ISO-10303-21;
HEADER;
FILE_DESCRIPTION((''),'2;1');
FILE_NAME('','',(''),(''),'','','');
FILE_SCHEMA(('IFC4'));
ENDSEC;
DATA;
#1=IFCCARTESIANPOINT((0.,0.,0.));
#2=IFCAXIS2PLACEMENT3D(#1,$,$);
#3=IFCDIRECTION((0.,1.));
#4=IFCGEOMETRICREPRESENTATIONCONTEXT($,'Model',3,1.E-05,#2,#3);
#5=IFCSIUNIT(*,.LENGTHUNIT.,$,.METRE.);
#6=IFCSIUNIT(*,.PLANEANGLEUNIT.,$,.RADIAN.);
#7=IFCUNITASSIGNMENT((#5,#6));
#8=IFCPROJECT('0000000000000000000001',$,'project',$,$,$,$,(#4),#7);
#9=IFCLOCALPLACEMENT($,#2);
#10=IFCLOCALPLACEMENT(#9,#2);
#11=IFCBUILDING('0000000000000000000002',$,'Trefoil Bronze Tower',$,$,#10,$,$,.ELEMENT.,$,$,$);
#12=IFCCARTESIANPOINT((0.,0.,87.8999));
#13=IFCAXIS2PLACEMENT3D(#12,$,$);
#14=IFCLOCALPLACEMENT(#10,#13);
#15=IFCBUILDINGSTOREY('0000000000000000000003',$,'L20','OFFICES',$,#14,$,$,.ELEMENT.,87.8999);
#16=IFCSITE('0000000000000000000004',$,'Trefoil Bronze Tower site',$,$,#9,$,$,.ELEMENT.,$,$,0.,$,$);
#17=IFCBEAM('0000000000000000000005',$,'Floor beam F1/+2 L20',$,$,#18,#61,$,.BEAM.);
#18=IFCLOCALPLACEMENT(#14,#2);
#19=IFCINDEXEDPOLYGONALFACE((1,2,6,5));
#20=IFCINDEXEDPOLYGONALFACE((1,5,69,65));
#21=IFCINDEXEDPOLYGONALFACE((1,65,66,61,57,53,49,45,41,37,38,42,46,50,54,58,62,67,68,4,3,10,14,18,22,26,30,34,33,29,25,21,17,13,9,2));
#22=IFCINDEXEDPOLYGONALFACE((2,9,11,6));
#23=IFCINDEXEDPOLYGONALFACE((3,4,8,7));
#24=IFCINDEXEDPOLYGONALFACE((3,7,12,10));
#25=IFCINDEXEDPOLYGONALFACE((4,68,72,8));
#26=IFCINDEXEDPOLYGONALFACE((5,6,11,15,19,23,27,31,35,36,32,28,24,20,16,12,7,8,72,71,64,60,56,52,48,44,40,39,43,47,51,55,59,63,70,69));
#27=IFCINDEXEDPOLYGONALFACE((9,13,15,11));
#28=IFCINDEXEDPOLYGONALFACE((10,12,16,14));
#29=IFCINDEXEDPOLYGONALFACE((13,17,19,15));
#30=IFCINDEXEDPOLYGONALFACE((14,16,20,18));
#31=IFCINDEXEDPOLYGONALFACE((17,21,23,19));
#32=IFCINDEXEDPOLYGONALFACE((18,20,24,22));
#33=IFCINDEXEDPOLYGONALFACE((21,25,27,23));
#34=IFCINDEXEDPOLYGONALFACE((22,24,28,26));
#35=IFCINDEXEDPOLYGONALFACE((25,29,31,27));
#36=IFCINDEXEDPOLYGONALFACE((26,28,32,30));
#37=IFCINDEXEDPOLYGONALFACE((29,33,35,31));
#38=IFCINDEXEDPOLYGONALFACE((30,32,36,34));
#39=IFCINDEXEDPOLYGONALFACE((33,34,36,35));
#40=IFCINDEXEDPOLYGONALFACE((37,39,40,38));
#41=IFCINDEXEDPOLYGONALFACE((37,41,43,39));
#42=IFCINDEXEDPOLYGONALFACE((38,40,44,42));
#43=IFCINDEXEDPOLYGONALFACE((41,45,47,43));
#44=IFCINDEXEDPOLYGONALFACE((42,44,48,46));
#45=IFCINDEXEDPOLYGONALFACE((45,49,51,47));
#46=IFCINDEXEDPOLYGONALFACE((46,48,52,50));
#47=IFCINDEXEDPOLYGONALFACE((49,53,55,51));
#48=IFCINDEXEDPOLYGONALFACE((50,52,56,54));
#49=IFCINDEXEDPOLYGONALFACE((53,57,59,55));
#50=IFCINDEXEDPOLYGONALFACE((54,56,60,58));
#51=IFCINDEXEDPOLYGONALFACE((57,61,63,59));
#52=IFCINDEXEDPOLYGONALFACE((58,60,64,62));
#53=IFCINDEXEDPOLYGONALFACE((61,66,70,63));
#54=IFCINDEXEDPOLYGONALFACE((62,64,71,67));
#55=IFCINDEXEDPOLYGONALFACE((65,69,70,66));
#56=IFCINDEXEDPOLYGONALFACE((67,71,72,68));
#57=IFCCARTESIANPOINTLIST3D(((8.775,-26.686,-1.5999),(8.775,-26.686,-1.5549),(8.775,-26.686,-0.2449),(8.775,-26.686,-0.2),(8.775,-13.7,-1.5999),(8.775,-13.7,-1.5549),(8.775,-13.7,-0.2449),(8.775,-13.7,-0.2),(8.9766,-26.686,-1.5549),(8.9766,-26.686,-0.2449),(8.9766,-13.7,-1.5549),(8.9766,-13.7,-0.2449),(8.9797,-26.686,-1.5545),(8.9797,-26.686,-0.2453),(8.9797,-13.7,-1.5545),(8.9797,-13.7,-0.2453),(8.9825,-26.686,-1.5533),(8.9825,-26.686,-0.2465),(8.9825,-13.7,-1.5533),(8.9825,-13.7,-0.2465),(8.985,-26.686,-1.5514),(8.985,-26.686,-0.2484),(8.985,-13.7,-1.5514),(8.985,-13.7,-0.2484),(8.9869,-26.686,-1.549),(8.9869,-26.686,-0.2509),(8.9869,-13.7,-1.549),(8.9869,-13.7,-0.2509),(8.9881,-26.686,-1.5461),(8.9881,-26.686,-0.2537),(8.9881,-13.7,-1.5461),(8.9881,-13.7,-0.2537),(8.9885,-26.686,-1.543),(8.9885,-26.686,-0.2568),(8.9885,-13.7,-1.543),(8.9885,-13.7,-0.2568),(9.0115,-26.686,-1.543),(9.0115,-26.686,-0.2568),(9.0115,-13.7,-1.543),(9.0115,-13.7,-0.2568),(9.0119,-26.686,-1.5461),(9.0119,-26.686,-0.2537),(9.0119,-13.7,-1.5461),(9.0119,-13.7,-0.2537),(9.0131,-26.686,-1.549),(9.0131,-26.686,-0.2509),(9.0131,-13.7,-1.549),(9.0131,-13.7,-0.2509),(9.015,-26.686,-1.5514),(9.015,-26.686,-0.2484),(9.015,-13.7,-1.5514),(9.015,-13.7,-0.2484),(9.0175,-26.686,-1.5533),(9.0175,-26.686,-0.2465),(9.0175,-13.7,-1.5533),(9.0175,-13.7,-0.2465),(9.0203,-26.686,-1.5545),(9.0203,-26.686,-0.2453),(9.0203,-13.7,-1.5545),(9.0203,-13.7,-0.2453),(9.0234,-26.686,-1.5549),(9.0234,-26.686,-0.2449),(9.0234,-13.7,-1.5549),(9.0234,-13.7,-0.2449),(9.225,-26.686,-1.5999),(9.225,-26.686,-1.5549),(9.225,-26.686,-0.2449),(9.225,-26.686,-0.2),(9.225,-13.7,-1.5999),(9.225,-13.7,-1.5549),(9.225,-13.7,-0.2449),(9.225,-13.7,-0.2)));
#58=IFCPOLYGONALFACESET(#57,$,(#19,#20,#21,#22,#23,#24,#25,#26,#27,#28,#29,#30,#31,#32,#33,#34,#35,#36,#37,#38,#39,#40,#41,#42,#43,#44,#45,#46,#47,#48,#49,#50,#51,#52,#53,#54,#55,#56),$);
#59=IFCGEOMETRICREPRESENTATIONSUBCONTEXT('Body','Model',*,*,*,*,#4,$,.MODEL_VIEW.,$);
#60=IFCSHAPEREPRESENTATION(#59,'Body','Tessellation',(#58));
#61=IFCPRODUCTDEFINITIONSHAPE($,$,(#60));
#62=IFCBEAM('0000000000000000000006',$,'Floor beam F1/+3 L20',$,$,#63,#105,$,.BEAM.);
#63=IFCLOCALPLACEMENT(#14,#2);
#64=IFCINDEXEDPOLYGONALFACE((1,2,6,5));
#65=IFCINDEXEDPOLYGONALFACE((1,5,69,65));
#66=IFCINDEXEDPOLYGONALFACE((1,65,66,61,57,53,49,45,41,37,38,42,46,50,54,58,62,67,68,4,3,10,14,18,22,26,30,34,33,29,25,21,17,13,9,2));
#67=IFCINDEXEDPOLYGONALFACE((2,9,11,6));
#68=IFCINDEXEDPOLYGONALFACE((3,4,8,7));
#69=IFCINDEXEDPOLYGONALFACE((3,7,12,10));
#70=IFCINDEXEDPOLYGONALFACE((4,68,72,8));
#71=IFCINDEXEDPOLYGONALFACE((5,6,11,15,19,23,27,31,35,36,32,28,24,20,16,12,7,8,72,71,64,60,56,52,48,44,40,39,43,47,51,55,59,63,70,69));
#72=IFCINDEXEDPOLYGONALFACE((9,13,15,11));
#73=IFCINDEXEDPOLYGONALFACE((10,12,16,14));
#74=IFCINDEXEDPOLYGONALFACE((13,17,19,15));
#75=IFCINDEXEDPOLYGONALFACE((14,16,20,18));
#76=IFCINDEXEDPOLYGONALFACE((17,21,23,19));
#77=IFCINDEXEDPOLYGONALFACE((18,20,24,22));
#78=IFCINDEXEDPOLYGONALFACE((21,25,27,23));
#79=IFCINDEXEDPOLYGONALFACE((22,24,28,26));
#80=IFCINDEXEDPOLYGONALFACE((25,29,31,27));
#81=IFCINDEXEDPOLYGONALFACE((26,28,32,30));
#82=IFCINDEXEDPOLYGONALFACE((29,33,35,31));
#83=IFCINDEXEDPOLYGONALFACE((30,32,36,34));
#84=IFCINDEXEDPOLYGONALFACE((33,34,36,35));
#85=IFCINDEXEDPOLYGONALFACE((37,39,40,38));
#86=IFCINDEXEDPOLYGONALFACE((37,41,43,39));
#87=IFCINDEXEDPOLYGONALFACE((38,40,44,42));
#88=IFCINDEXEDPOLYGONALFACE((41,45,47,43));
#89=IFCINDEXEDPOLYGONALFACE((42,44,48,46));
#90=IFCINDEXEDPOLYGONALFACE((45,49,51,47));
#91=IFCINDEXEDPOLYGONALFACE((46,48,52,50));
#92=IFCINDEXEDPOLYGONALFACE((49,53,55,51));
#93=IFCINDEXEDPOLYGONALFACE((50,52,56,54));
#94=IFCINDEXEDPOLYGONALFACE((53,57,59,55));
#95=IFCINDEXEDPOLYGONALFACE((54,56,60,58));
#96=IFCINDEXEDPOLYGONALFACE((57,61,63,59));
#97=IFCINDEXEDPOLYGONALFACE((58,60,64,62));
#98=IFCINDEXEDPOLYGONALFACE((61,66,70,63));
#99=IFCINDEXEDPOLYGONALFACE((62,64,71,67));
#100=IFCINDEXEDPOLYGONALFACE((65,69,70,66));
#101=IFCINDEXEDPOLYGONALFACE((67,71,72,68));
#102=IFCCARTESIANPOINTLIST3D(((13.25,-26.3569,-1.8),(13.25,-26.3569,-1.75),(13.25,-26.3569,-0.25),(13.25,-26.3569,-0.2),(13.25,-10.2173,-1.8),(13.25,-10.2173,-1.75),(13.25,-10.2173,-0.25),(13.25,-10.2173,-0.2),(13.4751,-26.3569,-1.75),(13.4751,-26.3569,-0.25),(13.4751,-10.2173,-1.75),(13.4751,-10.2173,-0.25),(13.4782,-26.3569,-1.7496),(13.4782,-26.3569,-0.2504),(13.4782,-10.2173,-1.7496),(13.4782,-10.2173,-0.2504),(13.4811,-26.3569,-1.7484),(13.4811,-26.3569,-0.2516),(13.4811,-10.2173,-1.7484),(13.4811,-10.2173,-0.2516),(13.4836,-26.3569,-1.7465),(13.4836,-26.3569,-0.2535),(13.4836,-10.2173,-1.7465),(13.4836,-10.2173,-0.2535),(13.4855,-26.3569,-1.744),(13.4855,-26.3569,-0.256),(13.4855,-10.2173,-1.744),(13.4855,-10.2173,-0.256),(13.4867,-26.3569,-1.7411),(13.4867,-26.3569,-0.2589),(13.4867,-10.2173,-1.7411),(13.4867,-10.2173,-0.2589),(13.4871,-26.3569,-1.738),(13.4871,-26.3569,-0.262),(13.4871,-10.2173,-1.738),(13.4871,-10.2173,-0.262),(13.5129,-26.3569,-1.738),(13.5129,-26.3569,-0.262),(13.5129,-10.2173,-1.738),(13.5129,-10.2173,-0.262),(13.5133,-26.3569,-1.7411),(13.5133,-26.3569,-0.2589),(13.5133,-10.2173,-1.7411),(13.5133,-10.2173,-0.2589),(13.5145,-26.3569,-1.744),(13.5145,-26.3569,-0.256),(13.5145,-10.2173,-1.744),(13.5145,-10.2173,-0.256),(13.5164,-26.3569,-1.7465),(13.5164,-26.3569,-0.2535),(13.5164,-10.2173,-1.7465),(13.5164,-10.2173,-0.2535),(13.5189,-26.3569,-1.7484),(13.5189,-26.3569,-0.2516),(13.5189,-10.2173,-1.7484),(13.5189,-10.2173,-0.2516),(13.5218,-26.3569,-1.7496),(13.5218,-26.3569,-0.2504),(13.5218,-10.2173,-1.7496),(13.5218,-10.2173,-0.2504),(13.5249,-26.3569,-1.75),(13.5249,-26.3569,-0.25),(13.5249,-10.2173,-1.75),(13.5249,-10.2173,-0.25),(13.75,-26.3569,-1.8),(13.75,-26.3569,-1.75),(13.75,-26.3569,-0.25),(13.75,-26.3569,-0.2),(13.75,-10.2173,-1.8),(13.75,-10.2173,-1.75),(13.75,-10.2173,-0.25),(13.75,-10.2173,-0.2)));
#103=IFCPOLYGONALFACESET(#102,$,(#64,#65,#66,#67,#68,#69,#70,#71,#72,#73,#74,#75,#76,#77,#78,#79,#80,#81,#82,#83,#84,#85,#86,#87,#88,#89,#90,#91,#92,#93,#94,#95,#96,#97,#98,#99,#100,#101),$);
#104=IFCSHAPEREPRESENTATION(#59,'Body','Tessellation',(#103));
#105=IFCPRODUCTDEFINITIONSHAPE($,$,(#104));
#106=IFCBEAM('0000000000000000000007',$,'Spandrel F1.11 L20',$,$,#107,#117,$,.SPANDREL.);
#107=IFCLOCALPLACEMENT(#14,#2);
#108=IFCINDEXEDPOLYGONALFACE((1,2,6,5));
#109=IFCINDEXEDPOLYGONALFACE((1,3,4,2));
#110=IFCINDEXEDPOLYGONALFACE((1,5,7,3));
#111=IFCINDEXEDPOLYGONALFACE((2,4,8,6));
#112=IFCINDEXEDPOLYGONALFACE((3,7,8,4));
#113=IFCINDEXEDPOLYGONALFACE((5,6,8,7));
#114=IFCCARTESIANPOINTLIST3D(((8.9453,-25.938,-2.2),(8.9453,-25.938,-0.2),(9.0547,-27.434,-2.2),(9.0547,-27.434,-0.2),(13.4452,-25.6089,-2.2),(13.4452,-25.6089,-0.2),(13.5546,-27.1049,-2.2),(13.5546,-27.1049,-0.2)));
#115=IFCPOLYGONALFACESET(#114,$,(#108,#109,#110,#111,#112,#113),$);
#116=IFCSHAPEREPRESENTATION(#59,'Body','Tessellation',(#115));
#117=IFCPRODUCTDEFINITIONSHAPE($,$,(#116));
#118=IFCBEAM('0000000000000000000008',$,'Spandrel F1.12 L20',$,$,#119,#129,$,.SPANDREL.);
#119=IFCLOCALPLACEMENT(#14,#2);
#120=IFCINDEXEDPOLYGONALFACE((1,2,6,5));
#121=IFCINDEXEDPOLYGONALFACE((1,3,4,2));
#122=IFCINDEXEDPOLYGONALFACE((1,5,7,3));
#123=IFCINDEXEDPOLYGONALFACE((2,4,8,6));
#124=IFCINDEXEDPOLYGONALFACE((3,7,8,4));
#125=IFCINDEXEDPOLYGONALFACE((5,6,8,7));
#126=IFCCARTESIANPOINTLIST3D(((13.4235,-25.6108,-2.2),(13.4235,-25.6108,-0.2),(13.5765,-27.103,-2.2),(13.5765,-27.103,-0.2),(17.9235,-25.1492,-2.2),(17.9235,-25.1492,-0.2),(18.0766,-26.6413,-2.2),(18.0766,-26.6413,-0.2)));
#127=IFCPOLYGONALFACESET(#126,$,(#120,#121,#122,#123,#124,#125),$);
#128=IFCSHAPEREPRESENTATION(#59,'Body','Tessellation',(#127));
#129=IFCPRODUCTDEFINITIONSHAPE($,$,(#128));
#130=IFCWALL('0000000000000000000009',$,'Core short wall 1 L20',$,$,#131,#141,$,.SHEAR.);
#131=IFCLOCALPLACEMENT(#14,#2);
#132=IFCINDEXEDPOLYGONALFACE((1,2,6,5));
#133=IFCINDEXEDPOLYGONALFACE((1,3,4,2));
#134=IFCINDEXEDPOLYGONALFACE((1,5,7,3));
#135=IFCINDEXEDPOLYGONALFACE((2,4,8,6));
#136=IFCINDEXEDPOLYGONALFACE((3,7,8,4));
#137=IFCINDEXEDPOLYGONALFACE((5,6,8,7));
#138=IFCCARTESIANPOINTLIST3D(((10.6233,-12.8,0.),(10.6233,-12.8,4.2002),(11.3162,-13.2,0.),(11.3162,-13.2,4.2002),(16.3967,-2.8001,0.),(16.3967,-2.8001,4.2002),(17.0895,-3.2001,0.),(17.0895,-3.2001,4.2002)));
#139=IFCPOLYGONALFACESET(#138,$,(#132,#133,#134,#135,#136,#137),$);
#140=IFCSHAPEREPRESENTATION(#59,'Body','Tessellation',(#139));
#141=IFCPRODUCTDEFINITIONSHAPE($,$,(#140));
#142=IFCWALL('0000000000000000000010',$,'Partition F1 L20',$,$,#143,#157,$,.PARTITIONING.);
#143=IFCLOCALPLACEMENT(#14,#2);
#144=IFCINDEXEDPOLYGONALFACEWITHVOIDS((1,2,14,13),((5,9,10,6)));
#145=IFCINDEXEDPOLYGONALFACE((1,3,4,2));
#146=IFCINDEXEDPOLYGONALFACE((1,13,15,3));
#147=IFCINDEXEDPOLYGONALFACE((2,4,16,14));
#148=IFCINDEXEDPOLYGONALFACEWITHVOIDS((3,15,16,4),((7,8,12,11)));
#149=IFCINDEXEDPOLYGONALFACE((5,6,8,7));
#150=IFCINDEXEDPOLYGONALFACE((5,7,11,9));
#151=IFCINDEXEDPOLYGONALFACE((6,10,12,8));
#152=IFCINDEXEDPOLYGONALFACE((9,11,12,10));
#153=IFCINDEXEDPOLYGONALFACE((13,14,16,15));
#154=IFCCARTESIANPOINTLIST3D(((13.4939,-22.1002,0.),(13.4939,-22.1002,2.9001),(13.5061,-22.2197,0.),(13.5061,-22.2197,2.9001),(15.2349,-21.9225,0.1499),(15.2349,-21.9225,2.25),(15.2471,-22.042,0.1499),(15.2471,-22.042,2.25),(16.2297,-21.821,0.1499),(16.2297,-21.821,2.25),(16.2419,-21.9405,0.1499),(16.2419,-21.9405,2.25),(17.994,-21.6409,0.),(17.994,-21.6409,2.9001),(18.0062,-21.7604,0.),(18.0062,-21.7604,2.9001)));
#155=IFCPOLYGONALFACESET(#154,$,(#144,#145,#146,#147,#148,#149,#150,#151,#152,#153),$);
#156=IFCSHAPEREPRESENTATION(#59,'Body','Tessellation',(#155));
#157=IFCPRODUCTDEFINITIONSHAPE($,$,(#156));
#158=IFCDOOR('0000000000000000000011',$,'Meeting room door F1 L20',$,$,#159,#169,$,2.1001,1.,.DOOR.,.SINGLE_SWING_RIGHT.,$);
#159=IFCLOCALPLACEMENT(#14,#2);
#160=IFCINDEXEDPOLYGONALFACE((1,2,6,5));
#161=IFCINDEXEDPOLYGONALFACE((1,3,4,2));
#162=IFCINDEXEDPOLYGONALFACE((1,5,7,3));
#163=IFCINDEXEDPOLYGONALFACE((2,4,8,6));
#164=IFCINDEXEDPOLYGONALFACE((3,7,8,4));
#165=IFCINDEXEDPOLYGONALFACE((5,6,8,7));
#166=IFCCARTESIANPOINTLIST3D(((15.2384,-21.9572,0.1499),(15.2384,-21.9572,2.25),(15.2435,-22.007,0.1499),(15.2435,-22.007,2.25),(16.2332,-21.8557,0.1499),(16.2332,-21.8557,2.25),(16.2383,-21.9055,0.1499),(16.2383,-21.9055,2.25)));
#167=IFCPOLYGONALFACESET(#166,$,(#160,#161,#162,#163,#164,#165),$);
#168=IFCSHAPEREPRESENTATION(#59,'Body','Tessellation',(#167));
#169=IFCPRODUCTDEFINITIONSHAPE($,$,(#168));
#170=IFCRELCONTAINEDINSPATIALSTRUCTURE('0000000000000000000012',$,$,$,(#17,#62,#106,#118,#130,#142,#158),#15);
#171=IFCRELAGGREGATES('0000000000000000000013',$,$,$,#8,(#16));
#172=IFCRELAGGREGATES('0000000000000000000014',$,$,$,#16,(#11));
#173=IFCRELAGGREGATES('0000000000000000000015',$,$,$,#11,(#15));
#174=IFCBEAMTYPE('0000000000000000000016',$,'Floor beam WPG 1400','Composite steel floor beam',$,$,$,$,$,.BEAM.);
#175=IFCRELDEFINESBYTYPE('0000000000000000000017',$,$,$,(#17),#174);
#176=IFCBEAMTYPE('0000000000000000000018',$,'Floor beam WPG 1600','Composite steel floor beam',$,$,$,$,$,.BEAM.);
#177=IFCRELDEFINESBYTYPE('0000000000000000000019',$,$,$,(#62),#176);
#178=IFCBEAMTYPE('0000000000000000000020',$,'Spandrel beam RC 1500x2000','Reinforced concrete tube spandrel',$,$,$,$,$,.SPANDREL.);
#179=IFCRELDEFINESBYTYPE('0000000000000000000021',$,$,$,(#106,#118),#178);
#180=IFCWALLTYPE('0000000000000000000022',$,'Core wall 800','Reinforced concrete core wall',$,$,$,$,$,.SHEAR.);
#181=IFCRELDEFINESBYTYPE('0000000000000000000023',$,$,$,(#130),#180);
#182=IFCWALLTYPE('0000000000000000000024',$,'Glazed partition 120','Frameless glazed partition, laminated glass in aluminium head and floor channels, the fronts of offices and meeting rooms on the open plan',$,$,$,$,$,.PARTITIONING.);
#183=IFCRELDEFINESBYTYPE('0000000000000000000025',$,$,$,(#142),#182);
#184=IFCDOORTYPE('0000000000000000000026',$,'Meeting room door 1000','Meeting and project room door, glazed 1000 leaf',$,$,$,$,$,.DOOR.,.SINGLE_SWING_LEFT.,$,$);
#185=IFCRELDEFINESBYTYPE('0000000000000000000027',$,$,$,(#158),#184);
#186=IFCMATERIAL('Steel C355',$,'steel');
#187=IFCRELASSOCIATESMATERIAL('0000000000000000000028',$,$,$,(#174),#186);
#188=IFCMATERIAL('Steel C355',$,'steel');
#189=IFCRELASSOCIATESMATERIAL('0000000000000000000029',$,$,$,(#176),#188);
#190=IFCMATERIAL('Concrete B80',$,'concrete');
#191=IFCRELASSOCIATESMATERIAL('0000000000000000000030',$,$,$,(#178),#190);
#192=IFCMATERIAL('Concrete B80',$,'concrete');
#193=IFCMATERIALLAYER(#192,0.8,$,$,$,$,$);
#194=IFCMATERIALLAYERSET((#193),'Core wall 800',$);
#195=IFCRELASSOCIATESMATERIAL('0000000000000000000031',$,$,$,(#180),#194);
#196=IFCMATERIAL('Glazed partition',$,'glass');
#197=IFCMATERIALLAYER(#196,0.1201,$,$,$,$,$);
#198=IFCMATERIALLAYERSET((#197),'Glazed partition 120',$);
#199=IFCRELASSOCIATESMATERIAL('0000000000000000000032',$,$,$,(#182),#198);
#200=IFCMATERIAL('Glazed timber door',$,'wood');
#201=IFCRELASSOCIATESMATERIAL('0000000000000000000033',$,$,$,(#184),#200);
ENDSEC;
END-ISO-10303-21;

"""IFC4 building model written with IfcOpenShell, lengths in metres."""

from ifc_helpers import new_model, si_unit, direction, frame, frame_2d, origin, origin_2d, place, context, subcontext, project, spatial, rectangle, i_section, extrude, material, layer, layer_set, material_profile, profile_set, type_object, element, fill, save


model = new_model("IFC4")

# Units and contexts
model_context = context("Model", 3, precision=1e-05, world=origin(), true_north=direction((0.0, 1.0)))
body_context = subcontext(model_context, "Body", "Model", "MODEL_VIEW")
ifc_project = project(units=[si_unit("LENGTHUNIT", "METRE"), si_unit("PLANEANGLEUNIT", "RADIAN")], contexts=[model_context])

# Site, building, storey
site_placement = place(None, origin())
site = spatial("IfcSite", under=ifc_project, at=site_placement, Name="Trefoil Bronze Tower site", CompositionType="ELEMENT", RefElevation=0.0)
building_placement = place(site_placement, origin())
building = spatial("IfcBuilding", under=site, at=building_placement, Name="Trefoil Bronze Tower", CompositionType="ELEMENT")
storey_placement = place(building_placement, frame((0.0, 0.0, 87.8999)))
storey = spatial("IfcBuildingStorey", under=building, at=storey_placement, Name="L20", Description="OFFICES", CompositionType="ELEMENT", Elevation=87.8999)

# Beams
ifc_material_1 = material(Name="Steel C355", Category="steel")
ifc_material_profile_1 = material_profile(ifc_material_1, i_section(OverallWidth=0.45, OverallDepth=1.3999, WebThickness=0.0229, FlangeThickness=0.0449, FilletRadius=0.012, at=origin_2d()), Name="WPG 1400")
ifc_profile_set_1 = profile_set([ifc_material_profile_1], Name="Steel C355")
beam_type_1 = type_object("IfcBeamType", Name="Floor beam WPG 1400", Description="Composite steel floor beam", PredefinedType="BEAM", material=ifc_profile_set_1)
beam_1_placement = place(storey_placement, frame((9.0, -26.686, -0.8999), z_axis=(0.0, 1.0, 0.0), x_axis=(-1.0, 0.0, 0.0)))
element("IfcBeam", 1, at=beam_1_placement, inside=storey, type_object=beam_type_1, Name="Floor beam F1/+2 L20", PredefinedType="BEAM", context=body_context, shape_type="SweptSolid", body=[
    extrude(i_section(OverallWidth=0.45, OverallDepth=1.3999, WebThickness=0.0229, FlangeThickness=0.0449, FilletRadius=0.012, at=origin_2d()), origin(), (0.0, 0.0, 1.0), 12.9861),
])
ifc_material_2 = material(Name="Steel C355", Category="steel")
ifc_material_profile_2 = material_profile(ifc_material_2, i_section(OverallWidth=0.5, OverallDepth=1.6001, WebThickness=0.0259, FlangeThickness=0.05, FilletRadius=0.012, at=origin_2d()), Name="WPG 1600")
ifc_profile_set_2 = profile_set([ifc_material_profile_2], Name="Steel C355")
beam_type_2 = type_object("IfcBeamType", Name="Floor beam WPG 1600", Description="Composite steel floor beam", PredefinedType="BEAM", material=ifc_profile_set_2)
beam_2_placement = place(storey_placement, frame((13.5, -26.3569, -1.0), z_axis=(0.0, 1.0, 0.0), x_axis=(-1.0, 0.0, 0.0)))
element("IfcBeam", 2, at=beam_2_placement, inside=storey, type_object=beam_type_2, Name="Floor beam F1/+3 L20", PredefinedType="BEAM", context=body_context, shape_type="SweptSolid", body=[
    extrude(i_section(OverallWidth=0.5, OverallDepth=1.6001, WebThickness=0.0259, FlangeThickness=0.05, FilletRadius=0.012, at=origin_2d()), origin(), (0.0, 0.0, 1.0), 16.1396),
])
ifc_material_3 = material(Name="Concrete B80", Category="concrete")
ifc_material_profile_3 = material_profile(ifc_material_3, rectangle(XDim=1.5, YDim=2.0, at=origin_2d()), Name="RC 1500x2000")
ifc_profile_set_3 = profile_set([ifc_material_profile_3], Name="Concrete B80")
beam_type_3 = type_object("IfcBeamType", Name="Spandrel beam RC 1500x2000", Description="Reinforced concrete tube spandrel", PredefinedType="SPANDREL", material=ifc_profile_set_3)
beam_3_placement = place(storey_placement, frame((9.0, -26.686, -1.2), z_axis=(0.997336, 0.072939, 0.0), x_axis=(-0.072939, 0.997336, 0.0)))
element("IfcBeam", 3, at=beam_3_placement, inside=storey, type_object=beam_type_3, Name="Spandrel F1.11 L20", PredefinedType="SPANDREL", context=body_context, shape_type="SweptSolid", body=[
    extrude(rectangle(XDim=1.5, YDim=2.0, at=origin_2d()), origin(), (0.0, 0.0, 1.0), 4.512),
])
beam_4_placement = place(storey_placement, frame((13.5, -26.3569, -1.2), z_axis=(0.994778, 0.102058, 0.0), x_axis=(-0.102058, 0.994778, 0.0)))
element("IfcBeam", 4, at=beam_4_placement, inside=storey, type_object=beam_type_3, Name="Spandrel F1.12 L20", PredefinedType="SPANDREL", context=body_context, shape_type="SweptSolid", body=[
    extrude(rectangle(XDim=1.5, YDim=2.0, at=origin_2d()), origin(), (0.0, 0.0, 1.0), 4.5237),
])

# Wall
ifc_material_4 = material(Name="Concrete B80", Category="concrete")
ifc_layer_1 = layer(ifc_material_4, 0.8)
ifc_layer_set_1 = layer_set([ifc_layer_1], Name="Core wall 800")
wall_type_1 = type_object("IfcWallType", Name="Core wall 800", Description="Reinforced concrete core wall", PredefinedType="SHEAR", material=ifc_layer_set_1)
wall_1_placement = place(storey_placement, frame((10.9697, -13.0, 0.0), z_axis=(0.0, 0.0, 1.0), x_axis=(0.499996, 0.866028, 0.0)))
element("IfcWall", 5, at=wall_1_placement, inside=storey, type_object=wall_type_1, Name="Core short wall 1 L20", PredefinedType="SHEAR", context=body_context, shape_type="SweptSolid", body=[
    extrude(rectangle(XDim=11.5469, YDim=0.8, at=frame_2d((5.7734, 0.0))), origin(), (0.0, 0.0, 1.0), 4.2002),
])

# Wall, opening, door
ifc_material_5 = material(Name="Glazed partition", Category="glass")
ifc_layer_2 = layer(ifc_material_5, 0.1201)
ifc_layer_set_2 = layer_set([ifc_layer_2], Name="Glazed partition 120")
wall_type_2 = type_object("IfcWallType", Name="Glazed partition 120", Description="Frameless glazed partition, laminated glass in aluminium head and floor channels, the fronts of offices and meeting rooms on the open plan", PredefinedType="PARTITIONING", material=ifc_layer_set_2)
wall_2_placement = place(storey_placement, frame((13.5, -22.1599, 0.0), z_axis=(0.0, 0.0, 1.0), x_axis=(0.994833, 0.101523, 0.0)))
wall_2 = element("IfcWall", 6, at=wall_2_placement, inside=storey, type_object=wall_type_2, Name="Partition F1 L20", PredefinedType="PARTITIONING", context=body_context, shape_type="SweptSolid", body=[
    extrude(rectangle(XDim=4.5234, YDim=0.1201, at=frame_2d((2.2617, 0.0))), origin(), (0.0, 0.0, 1.0), 2.9001),
])
opening_1_placement = place(wall_2_placement, frame((1.75, 0.0, 0.1499)))
opening_1 = element("IfcOpeningElement", 7, at=opening_1_placement, cuts=wall_2, PredefinedType="OPENING", context=body_context, shape_type="SweptSolid", body=[
    extrude(rectangle(XDim=1.0, YDim=2.1001, at=frame_2d((0.5, 1.05))), frame((0.0, 0.0701, 0.0), z_axis=(0.0, -1.0, 0.0), x_axis=(1.0, 0.0, 0.0)), (0.0, 0.0, 1.0), 0.1401),
])
ifc_material_6 = material(Name="Glazed timber door", Category="wood")
door_type_1 = type_object("IfcDoorType", Name="Meeting room door 1000", Description="Meeting and project room door, glazed 1000 leaf", OperationType="SINGLE_SWING_LEFT", PredefinedType="DOOR", material=ifc_material_6)
door_1_placement = place(opening_1_placement, frame((1.0, 0.0, 0.0), z_axis=(0.0, 0.0, 1.0), x_axis=(-1.0, 0.0, 0.0)))
door_1 = element("IfcDoor", 8, at=door_1_placement, inside=storey, type_object=door_type_1, Name="Meeting room door F1 L20", OperationType="SINGLE_SWING_RIGHT", OverallHeight=2.1001, OverallWidth=1.0, PredefinedType="DOOR", context=body_context, shape_type="SweptSolid", body=[
    extrude(rectangle(XDim=1.0, YDim=2.1001, at=frame_2d((0.5, 1.05))), frame((0.0, 0.0249, 0.0), z_axis=(0.0, -1.0, 0.0), x_axis=(1.0, 0.0, 0.0)), (0.0, 0.0, 1.0), 0.05),
])
fill(opening_1, door_1)

save(model, "model.ifc")
